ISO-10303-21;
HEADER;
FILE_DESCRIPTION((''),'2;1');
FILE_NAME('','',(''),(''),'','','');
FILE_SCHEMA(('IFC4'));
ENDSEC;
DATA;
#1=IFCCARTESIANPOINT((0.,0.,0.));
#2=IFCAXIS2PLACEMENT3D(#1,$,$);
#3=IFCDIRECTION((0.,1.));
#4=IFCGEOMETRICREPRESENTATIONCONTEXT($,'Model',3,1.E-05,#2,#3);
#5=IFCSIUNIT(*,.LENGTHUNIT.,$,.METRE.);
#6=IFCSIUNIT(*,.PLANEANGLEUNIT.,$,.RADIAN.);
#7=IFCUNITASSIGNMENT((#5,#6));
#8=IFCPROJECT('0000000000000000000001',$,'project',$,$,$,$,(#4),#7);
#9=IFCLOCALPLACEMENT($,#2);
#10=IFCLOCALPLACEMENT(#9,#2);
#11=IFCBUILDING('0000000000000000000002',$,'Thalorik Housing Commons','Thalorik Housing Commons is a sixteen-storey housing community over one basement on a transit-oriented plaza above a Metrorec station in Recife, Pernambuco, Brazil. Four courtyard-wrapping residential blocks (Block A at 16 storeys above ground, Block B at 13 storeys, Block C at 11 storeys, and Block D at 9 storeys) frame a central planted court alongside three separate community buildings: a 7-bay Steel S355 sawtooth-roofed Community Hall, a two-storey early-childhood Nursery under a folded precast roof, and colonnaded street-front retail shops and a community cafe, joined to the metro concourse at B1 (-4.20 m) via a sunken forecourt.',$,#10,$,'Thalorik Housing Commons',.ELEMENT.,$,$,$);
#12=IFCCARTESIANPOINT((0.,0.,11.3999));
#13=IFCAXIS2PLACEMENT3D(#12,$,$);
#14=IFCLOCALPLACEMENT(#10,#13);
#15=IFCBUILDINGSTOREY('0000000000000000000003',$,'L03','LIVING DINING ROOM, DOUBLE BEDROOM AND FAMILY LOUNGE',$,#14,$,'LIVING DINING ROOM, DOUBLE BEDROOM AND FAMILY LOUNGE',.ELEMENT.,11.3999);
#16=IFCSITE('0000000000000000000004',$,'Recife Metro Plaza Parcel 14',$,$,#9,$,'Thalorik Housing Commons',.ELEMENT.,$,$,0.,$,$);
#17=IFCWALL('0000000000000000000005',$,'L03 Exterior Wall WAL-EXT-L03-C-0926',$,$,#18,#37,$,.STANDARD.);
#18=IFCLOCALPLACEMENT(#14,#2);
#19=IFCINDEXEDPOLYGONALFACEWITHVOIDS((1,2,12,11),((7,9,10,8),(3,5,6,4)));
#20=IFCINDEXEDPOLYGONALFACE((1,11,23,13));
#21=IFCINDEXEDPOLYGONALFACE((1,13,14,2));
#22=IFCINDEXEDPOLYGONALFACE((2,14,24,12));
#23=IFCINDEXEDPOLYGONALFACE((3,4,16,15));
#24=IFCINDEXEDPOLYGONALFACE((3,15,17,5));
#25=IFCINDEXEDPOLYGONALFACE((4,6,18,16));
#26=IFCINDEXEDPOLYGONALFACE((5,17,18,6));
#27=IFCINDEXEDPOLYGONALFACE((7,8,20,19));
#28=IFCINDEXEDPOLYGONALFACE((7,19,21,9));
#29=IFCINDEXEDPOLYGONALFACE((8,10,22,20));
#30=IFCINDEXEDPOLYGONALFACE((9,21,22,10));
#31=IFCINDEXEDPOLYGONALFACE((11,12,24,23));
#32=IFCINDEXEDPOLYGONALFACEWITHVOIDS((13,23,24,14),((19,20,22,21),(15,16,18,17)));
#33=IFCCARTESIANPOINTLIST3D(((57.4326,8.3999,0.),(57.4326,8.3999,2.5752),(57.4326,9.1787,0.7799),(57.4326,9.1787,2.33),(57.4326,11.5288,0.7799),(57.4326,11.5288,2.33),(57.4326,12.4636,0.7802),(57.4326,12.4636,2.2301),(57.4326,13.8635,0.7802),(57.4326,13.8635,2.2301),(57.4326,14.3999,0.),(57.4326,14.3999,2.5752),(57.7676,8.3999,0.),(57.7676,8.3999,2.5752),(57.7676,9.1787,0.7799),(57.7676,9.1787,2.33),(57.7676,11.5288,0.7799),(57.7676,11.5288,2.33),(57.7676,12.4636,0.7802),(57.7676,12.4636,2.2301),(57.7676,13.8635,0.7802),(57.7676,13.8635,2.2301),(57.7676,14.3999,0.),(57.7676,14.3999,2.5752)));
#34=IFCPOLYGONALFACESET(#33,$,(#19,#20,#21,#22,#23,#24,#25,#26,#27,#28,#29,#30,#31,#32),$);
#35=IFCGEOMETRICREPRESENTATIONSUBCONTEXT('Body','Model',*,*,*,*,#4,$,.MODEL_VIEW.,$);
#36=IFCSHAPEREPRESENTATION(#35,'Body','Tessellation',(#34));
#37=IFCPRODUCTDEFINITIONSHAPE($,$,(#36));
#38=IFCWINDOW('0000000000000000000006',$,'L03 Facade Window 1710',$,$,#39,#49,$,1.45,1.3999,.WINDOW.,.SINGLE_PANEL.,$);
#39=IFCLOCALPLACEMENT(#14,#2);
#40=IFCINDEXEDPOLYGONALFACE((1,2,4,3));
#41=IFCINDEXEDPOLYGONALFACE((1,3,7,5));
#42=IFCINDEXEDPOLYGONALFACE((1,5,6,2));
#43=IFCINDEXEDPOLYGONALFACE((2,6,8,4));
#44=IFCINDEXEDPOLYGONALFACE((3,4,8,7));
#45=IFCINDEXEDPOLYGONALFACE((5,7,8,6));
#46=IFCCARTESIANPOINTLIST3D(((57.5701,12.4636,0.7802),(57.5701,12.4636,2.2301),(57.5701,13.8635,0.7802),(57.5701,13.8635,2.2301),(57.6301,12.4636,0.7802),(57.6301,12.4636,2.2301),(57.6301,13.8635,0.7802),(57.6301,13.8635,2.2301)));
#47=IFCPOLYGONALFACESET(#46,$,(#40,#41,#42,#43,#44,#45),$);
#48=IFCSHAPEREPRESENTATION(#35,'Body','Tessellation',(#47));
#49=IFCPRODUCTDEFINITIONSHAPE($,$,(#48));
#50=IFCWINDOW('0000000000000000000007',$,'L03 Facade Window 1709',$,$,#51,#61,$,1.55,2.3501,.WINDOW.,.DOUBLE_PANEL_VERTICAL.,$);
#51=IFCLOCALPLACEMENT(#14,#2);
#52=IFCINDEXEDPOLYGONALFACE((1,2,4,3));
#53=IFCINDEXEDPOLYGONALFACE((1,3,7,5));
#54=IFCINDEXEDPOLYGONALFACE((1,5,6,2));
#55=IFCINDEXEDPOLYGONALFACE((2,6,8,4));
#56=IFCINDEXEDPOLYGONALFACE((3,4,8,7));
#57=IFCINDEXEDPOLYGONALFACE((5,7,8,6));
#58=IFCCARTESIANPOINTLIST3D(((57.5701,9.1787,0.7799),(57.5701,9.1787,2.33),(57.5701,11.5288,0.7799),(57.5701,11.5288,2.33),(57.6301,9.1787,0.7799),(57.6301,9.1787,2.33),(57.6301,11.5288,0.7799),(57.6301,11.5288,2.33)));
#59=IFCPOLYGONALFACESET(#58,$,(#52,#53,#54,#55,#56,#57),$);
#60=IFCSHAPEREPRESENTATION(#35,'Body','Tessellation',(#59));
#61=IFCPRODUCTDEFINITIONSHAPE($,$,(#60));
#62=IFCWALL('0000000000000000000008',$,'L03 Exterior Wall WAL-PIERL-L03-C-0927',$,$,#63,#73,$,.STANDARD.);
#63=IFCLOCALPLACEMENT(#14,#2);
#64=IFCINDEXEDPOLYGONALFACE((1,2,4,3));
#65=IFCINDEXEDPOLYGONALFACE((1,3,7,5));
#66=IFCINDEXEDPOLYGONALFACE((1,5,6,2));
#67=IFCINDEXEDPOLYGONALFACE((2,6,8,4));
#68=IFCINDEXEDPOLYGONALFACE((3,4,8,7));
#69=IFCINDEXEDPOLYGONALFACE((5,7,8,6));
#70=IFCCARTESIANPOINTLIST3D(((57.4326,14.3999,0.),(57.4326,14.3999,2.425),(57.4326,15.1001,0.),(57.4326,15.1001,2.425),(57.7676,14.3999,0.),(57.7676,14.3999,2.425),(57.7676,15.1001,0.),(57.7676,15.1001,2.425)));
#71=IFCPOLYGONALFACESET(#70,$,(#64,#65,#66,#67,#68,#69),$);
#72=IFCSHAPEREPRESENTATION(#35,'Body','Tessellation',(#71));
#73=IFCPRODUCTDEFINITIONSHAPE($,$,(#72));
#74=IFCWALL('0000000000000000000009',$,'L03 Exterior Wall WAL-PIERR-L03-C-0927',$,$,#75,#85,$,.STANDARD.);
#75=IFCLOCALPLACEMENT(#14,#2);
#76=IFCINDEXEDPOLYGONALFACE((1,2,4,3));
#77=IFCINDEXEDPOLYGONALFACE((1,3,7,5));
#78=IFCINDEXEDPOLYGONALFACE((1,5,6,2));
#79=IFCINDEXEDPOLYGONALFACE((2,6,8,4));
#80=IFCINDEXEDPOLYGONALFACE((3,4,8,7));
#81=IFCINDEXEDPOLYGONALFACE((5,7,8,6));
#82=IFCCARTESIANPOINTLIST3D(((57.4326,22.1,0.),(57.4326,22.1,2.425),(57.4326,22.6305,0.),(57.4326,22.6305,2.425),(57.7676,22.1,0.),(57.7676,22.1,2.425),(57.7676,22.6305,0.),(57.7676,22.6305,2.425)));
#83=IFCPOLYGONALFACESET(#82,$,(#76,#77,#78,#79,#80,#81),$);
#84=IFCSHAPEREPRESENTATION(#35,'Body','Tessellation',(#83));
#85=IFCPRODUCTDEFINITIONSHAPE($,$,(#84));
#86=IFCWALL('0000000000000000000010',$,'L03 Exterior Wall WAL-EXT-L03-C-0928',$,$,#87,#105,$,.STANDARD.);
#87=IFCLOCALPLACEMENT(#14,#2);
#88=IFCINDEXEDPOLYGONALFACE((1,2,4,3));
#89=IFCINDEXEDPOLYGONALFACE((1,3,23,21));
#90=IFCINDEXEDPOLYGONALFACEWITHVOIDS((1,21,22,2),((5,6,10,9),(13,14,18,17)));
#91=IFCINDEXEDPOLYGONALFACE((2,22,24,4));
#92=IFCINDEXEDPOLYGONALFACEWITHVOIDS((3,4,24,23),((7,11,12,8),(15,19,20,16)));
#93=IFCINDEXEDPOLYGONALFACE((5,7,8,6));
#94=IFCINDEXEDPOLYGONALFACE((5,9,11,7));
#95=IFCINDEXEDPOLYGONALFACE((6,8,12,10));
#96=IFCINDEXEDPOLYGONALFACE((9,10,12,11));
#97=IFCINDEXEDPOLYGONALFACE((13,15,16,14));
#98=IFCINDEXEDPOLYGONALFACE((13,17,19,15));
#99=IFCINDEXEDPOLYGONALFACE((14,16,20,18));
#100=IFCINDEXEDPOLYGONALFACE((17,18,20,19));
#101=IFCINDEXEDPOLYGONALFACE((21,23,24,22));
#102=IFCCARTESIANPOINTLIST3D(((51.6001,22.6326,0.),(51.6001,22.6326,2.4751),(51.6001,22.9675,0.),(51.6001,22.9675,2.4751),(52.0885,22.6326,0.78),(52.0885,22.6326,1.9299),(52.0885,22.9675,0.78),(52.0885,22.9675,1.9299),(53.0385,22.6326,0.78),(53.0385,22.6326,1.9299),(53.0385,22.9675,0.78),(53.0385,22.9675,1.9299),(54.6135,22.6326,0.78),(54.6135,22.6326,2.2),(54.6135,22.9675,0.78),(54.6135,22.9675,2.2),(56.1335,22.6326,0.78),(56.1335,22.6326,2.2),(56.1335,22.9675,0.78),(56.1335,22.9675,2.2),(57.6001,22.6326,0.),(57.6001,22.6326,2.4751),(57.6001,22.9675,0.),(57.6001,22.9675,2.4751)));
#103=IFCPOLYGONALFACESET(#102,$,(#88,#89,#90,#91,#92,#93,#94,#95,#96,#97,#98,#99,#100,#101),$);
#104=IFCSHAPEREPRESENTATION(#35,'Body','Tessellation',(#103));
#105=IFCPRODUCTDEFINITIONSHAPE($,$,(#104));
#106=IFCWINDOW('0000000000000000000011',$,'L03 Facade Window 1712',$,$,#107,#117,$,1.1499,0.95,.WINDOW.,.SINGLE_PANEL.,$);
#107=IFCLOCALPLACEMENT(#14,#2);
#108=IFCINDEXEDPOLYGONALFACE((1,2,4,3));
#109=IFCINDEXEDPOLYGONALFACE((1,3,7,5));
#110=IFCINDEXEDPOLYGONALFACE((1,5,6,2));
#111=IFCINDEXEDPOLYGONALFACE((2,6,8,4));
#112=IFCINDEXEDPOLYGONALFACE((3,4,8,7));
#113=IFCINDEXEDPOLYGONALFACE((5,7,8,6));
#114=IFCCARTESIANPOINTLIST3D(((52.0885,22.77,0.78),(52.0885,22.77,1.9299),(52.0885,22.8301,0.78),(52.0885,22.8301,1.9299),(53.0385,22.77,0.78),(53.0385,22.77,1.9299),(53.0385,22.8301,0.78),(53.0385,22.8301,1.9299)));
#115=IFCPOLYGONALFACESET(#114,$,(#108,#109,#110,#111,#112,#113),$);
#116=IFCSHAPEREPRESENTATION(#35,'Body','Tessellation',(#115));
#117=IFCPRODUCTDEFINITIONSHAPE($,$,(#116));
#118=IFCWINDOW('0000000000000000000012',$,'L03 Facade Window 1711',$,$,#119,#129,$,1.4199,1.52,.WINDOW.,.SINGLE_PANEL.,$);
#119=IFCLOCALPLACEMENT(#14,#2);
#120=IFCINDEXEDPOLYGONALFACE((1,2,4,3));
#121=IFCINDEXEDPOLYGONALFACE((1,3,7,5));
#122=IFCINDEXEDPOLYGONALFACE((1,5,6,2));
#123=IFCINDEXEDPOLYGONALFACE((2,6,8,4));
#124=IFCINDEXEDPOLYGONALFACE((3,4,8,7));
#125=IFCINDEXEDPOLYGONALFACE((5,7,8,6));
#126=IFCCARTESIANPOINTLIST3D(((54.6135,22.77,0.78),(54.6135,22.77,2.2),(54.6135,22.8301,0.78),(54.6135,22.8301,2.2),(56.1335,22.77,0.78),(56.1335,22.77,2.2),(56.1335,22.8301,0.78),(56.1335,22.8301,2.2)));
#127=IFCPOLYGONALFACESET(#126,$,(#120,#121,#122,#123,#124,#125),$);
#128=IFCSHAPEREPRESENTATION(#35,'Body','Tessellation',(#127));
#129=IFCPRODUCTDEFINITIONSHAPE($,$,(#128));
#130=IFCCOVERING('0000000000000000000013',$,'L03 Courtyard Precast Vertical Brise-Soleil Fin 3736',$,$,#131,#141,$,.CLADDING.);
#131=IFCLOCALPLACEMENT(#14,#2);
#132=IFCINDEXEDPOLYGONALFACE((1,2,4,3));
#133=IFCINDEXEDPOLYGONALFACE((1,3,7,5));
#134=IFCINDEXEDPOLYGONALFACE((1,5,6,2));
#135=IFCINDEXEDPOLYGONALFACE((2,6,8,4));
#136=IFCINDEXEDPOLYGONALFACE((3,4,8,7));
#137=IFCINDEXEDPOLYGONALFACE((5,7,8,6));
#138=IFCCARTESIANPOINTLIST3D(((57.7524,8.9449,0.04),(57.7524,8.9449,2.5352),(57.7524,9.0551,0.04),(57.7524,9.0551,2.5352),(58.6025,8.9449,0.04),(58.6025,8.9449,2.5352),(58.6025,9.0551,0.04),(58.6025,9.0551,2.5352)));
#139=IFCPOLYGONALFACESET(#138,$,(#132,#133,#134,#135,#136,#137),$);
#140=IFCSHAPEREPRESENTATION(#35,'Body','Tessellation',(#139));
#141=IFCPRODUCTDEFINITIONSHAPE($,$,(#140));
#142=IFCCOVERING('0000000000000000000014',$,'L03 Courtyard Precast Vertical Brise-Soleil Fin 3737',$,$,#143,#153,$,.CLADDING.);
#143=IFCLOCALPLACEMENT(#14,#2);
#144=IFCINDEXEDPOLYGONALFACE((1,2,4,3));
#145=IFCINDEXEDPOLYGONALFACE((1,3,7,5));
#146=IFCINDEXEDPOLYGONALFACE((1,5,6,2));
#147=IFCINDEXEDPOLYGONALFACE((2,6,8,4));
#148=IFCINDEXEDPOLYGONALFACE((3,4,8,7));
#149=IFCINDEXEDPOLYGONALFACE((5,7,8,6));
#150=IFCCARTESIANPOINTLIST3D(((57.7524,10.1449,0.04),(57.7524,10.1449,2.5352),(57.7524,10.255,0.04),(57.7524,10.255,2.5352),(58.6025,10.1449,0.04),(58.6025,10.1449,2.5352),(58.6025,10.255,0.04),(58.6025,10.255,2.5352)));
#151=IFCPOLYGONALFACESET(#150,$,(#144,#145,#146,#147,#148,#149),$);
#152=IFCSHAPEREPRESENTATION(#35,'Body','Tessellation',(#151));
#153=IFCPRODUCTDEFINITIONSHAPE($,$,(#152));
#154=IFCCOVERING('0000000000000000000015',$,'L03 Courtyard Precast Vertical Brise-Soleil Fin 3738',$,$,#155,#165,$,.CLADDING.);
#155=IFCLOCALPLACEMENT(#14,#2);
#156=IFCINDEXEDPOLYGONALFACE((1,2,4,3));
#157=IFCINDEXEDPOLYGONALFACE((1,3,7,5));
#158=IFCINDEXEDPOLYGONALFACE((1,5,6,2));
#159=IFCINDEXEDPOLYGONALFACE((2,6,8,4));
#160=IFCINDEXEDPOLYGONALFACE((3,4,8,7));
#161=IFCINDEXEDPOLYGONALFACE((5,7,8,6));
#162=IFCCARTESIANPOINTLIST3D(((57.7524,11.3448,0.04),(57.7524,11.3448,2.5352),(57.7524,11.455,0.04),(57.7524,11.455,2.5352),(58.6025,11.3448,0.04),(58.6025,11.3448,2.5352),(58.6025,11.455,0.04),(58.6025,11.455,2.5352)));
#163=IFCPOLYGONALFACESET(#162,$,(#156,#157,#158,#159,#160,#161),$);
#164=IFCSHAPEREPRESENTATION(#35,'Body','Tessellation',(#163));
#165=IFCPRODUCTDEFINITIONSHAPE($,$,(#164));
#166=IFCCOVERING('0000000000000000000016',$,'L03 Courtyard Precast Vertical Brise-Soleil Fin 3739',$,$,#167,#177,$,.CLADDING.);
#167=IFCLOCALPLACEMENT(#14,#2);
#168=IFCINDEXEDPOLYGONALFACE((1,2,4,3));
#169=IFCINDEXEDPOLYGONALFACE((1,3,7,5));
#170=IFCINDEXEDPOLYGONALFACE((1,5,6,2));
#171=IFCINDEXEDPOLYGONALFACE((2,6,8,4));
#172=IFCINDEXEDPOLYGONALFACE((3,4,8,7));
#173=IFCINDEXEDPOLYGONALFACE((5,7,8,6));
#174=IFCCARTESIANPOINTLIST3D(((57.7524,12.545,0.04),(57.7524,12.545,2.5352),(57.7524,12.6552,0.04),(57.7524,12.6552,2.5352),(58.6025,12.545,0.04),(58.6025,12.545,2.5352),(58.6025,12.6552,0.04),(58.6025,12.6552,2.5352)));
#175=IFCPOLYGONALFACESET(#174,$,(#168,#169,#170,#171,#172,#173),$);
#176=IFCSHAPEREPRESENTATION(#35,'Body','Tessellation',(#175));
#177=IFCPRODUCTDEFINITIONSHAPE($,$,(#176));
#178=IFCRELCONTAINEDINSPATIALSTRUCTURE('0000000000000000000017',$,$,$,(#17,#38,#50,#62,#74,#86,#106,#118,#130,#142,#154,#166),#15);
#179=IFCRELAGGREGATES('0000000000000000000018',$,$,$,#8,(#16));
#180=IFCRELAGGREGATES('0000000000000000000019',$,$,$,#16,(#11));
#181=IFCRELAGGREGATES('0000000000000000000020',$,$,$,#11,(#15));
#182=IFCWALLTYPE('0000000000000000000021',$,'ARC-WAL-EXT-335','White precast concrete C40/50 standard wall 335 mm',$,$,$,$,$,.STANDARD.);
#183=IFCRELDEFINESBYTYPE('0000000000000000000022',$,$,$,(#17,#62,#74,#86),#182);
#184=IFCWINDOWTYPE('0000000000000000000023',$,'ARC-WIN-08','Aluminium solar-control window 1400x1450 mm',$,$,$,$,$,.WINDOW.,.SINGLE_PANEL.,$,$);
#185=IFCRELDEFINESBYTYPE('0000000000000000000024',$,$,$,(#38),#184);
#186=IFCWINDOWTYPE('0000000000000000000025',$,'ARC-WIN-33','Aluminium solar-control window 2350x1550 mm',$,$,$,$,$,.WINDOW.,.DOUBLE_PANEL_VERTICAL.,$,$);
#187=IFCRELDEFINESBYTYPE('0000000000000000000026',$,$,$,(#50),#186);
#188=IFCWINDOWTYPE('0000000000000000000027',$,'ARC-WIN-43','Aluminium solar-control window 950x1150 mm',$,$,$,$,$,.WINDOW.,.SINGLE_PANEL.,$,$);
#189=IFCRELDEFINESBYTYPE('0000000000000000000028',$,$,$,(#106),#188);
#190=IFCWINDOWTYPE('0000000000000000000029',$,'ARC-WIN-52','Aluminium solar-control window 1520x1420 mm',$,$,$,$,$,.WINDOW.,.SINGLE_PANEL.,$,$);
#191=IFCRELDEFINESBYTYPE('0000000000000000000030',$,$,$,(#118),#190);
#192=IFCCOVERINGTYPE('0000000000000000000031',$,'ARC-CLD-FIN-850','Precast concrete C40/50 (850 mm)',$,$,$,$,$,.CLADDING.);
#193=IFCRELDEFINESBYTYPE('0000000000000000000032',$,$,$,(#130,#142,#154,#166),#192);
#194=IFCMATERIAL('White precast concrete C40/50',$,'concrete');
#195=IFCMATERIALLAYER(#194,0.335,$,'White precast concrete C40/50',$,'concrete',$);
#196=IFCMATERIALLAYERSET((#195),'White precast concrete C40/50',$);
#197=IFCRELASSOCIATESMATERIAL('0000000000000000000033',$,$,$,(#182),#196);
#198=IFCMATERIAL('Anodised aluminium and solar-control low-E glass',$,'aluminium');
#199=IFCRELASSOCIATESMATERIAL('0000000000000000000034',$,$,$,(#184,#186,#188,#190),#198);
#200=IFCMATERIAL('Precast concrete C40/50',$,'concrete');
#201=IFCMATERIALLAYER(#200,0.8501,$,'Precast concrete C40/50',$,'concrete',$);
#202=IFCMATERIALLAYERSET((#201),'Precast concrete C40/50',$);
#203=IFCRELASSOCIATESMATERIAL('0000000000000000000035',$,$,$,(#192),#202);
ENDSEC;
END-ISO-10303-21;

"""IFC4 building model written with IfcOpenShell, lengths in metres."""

from ifc_helpers import new_model, si_unit, direction, frame, frame_2d, origin, origin_2d, place, context, subcontext, project, spatial, rectangle, extrude, material, layer, layer_set, type_object, element, fill, save


model = new_model("IFC4")

# Units and contexts
model_context = context("Model", 3, precision=1e-05, world=origin(), true_north=direction((0.0, 1.0)))
body_context = subcontext(model_context, "Body", "Model", "MODEL_VIEW")
ifc_project = project(units=[si_unit("LENGTHUNIT", "METRE"), si_unit("PLANEANGLEUNIT", "RADIAN")], contexts=[model_context])

# Site, building, storey
site_placement = place(None, origin())
site = spatial("IfcSite", under=ifc_project, at=site_placement, Name="Recife Metro Plaza Parcel 14", LongName="Thalorik Housing Commons", CompositionType="ELEMENT", RefElevation=0.0)
building_placement = place(site_placement, origin())
building = spatial("IfcBuilding", under=site, at=building_placement, Name="Thalorik Housing Commons", Description="Thalorik Housing Commons is a sixteen-storey housing community over one basement on a transit-oriented plaza above a Metrorec station in Recife, Pernambuco, Brazil. Four courtyard-wrapping residential blocks (Block A at 16 storeys above ground, Block B at 13 storeys, Block C at 11 storeys, and Block D at 9 storeys) frame a central planted court alongside three separate community buildings: a 7-bay Steel S355 sawtooth-roofed Community Hall, a two-storey early-childhood Nursery under a folded precast roof, and colonnaded street-front retail shops and a community cafe, joined to the metro concourse at B1 (-4.20 m) via a sunken forecourt.", LongName="Thalorik Housing Commons", CompositionType="ELEMENT")
storey_placement = place(building_placement, frame((0.0, 0.0, 11.3999)))
storey = spatial("IfcBuildingStorey", under=building, at=storey_placement, Name="L03", Description="LIVING DINING ROOM, DOUBLE BEDROOM AND FAMILY LOUNGE", LongName="LIVING DINING ROOM, DOUBLE BEDROOM AND FAMILY LOUNGE", CompositionType="ELEMENT", Elevation=11.3999)

# Shared definitions
ifc_material_1 = material(Name="Anodised aluminium and solar-control low-E glass", Category="aluminium")

# Wall, openings, windows
ifc_material_2 = material(Name="White precast concrete C40/50", Category="concrete")
ifc_layer_1 = layer(ifc_material_2, 0.335, Name="White precast concrete C40/50", Category="concrete")
ifc_layer_set_1 = layer_set([ifc_layer_1], Name="White precast concrete C40/50")
wall_type = type_object("IfcWallType", Name="ARC-WAL-EXT-335", Description="White precast concrete C40/50 standard wall 335 mm", PredefinedType="STANDARD", material=ifc_layer_set_1)
wall_1_placement = place(storey_placement, frame((57.6001, 8.3999, 0.0), z_axis=(0.0, 0.0, 1.0), x_axis=(0.0, 1.0, 0.0)))
wall_1 = element("IfcWall", 1, at=wall_1_placement, inside=storey, type_object=wall_type, Name="L03 Exterior Wall WAL-EXT-L03-C-0926", PredefinedType="STANDARD", context=body_context, shape_type="SweptSolid", body=[
    extrude(rectangle(XDim=6.0, YDim=0.335, at=frame_2d((3.0, 0.0))), origin(), (0.0, 0.0, 1.0), 2.5752),
])
opening_1_placement = place(wall_1_placement, frame((0.7788, 0.0, 0.78)))
opening_1 = element("IfcOpeningElement", 2, at=opening_1_placement, cuts=wall_1, PredefinedType="OPENING", context=body_context, shape_type="SweptSolid", body=[
    extrude(rectangle(XDim=2.3501, YDim=1.55, at=frame_2d((1.175, 0.7749))), frame((0.0, 0.1775, 0.0), z_axis=(0.0, -1.0, 0.0), x_axis=(1.0, 0.0, 0.0)), (0.0, 0.0, 1.0), 0.355),
])
opening_2_placement = place(wall_1_placement, frame((4.0637, 0.0, 0.78)))
opening_2 = element("IfcOpeningElement", 3, at=opening_2_placement, cuts=wall_1, PredefinedType="OPENING", context=body_context, shape_type="SweptSolid", body=[
    extrude(rectangle(XDim=1.3999, YDim=1.45, at=frame_2d((0.7, 0.7251))), frame((0.0, 0.1775, 0.0), z_axis=(0.0, -1.0, 0.0), x_axis=(1.0, 0.0, 0.0)), (0.0, 0.0, 1.0), 0.355),
])
window_type_1 = type_object("IfcWindowType", Name="ARC-WIN-08", Description="Aluminium solar-control window 1400x1450 mm", PartitioningType="SINGLE_PANEL", PredefinedType="WINDOW", material=ifc_material_1)
window_1_placement = place(opening_2_placement, origin())
window_1 = element("IfcWindow", 4, at=window_1_placement, inside=storey, type_object=window_type_1, Name="L03 Facade Window 1710", OverallHeight=1.45, OverallWidth=1.3999, PartitioningType="SINGLE_PANEL", PredefinedType="WINDOW", context=body_context, shape_type="SweptSolid", body=[
    extrude(rectangle(XDim=1.3999, YDim=1.45, at=frame_2d((0.7, 0.7251))), frame((0.0, 0.03, 0.0), z_axis=(0.0, -1.0, 0.0), x_axis=(1.0, 0.0, 0.0)), (0.0, 0.0, 1.0), 0.0601),
])
fill(opening_2, window_1)
window_type_2 = type_object("IfcWindowType", Name="ARC-WIN-33", Description="Aluminium solar-control window 2350x1550 mm", PartitioningType="DOUBLE_PANEL_VERTICAL", PredefinedType="WINDOW", material=ifc_material_1)
window_2_placement = place(opening_1_placement, origin())
window_2 = element("IfcWindow", 5, at=window_2_placement, inside=storey, type_object=window_type_2, Name="L03 Facade Window 1709", OverallHeight=1.55, OverallWidth=2.3501, PartitioningType="DOUBLE_PANEL_VERTICAL", PredefinedType="WINDOW", context=body_context, shape_type="SweptSolid", body=[
    extrude(rectangle(XDim=2.3501, YDim=1.55, at=frame_2d((1.175, 0.7749))), frame((0.0, 0.03, 0.0), z_axis=(0.0, -1.0, 0.0), x_axis=(1.0, 0.0, 0.0)), (0.0, 0.0, 1.0), 0.0601),
])
fill(opening_1, window_2)

# Walls
wall_2_placement = place(storey_placement, frame((57.6001, 14.3999, 0.0), z_axis=(0.0, 0.0, 1.0), x_axis=(0.0, 1.0, 0.0)))
element("IfcWall", 6, at=wall_2_placement, inside=storey, type_object=wall_type, Name="L03 Exterior Wall WAL-PIERL-L03-C-0927", PredefinedType="STANDARD", context=body_context, shape_type="SweptSolid", body=[
    extrude(rectangle(XDim=0.7002, YDim=0.335, at=frame_2d((0.3501, 0.0))), origin(), (0.0, 0.0, 1.0), 2.425),
])
wall_3_placement = place(storey_placement, frame((57.6001, 22.1001, 0.0), z_axis=(0.0, 0.0, 1.0), x_axis=(0.0, 1.0, 0.0)))
element("IfcWall", 7, at=wall_3_placement, inside=storey, type_object=wall_type, Name="L03 Exterior Wall WAL-PIERR-L03-C-0927", PredefinedType="STANDARD", context=body_context, shape_type="SweptSolid", body=[
    extrude(rectangle(XDim=0.5305, YDim=0.335, at=frame_2d((0.2651, 0.0))), origin(), (0.0, 0.0, 1.0), 2.425),
])

# Wall, openings, windows
wall_4_placement = place(storey_placement, frame((57.6001, 22.8, 0.0), z_axis=(0.0, 0.0, 1.0), x_axis=(-1.0, 0.0, 0.0)))
wall_4 = element("IfcWall", 8, at=wall_4_placement, inside=storey, type_object=wall_type, Name="L03 Exterior Wall WAL-EXT-L03-C-0928", PredefinedType="STANDARD", context=body_context, shape_type="SweptSolid", body=[
    extrude(rectangle(XDim=6.0, YDim=0.335, at=frame_2d((3.0, 0.0))), origin(), (0.0, 0.0, 1.0), 2.4751),
])
opening_3_placement = place(wall_4_placement, frame((1.4666, 0.0, 0.78)))
opening_3 = element("IfcOpeningElement", 9, at=opening_3_placement, cuts=wall_4, PredefinedType="OPENING", context=body_context, shape_type="SweptSolid", body=[
    extrude(rectangle(XDim=1.52, YDim=1.4199, at=frame_2d((0.76, 0.71))), frame((0.0, 0.1775, 0.0), z_axis=(0.0, -1.0, 0.0), x_axis=(1.0, 0.0, 0.0)), (0.0, 0.0, 1.0), 0.355),
])
opening_4_placement = place(wall_4_placement, frame((4.5615, 0.0, 0.78)))
opening_4 = element("IfcOpeningElement", 10, at=opening_4_placement, cuts=wall_4, PredefinedType="OPENING", context=body_context, shape_type="SweptSolid", body=[
    extrude(rectangle(XDim=0.95, YDim=1.1499, at=frame_2d((0.4751, 0.575))), frame((0.0, 0.1775, 0.0), z_axis=(0.0, -1.0, 0.0), x_axis=(1.0, 0.0, 0.0)), (0.0, 0.0, 1.0), 0.355),
])
window_type_3 = type_object("IfcWindowType", Name="ARC-WIN-43", Description="Aluminium solar-control window 950x1150 mm", PartitioningType="SINGLE_PANEL", PredefinedType="WINDOW", material=ifc_material_1)
window_3_placement = place(opening_4_placement, origin())
window_3 = element("IfcWindow", 11, at=window_3_placement, inside=storey, type_object=window_type_3, Name="L03 Facade Window 1712", OverallHeight=1.1499, OverallWidth=0.95, PartitioningType="SINGLE_PANEL", PredefinedType="WINDOW", context=body_context, shape_type="SweptSolid", body=[
    extrude(rectangle(XDim=0.95, YDim=1.1499, at=frame_2d((0.4751, 0.575))), frame((0.0, 0.03, 0.0), z_axis=(0.0, -1.0, 0.0), x_axis=(1.0, 0.0, 0.0)), (0.0, 0.0, 1.0), 0.0601),
])
fill(opening_4, window_3)
window_type_4 = type_object("IfcWindowType", Name="ARC-WIN-52", Description="Aluminium solar-control window 1520x1420 mm", PartitioningType="SINGLE_PANEL", PredefinedType="WINDOW", material=ifc_material_1)
window_4_placement = place(opening_3_placement, origin())
window_4 = element("IfcWindow", 12, at=window_4_placement, inside=storey, type_object=window_type_4, Name="L03 Facade Window 1711", OverallHeight=1.4199, OverallWidth=1.52, PartitioningType="SINGLE_PANEL", PredefinedType="WINDOW", context=body_context, shape_type="SweptSolid", body=[
    extrude(rectangle(XDim=1.52, YDim=1.4199, at=frame_2d((0.76, 0.71))), frame((0.0, 0.03, 0.0), z_axis=(0.0, -1.0, 0.0), x_axis=(1.0, 0.0, 0.0)), (0.0, 0.0, 1.0), 0.0601),
])
fill(opening_3, window_4)

# Coverings
ifc_material_3 = material(Name="Precast concrete C40/50", Category="concrete")
ifc_layer_2 = layer(ifc_material_3, 0.8501, Name="Precast concrete C40/50", Category="concrete")
ifc_layer_set_2 = layer_set([ifc_layer_2], Name="Precast concrete C40/50")
covering_type_1 = type_object("IfcCoveringType", Name="ARC-CLD-FIN-850", Description="Precast concrete C40/50 (850 mm)", PredefinedType="CLADDING", material=ifc_layer_set_2)
for number, where, z_axis, x_axis, name in (
    (13, (58.1775, 9.0, 0.04), (0.0, 0.0, 1.0), (0.0, 1.0, 0.0), "L03 Courtyard Precast Vertical Brise-Soleil Fin 3736"),
    (14, (58.1775, 10.2, 0.04), (0.0, 0.0, 1.0), (0.0, 1.0, 0.0), "L03 Courtyard Precast Vertical Brise-Soleil Fin 3737"),
    (15, (58.1775, 11.3999, 0.04), (0.0, 0.0, 1.0), (0.0, 1.0, 0.0), "L03 Courtyard Precast Vertical Brise-Soleil Fin 3738"),
    (16, (58.1775, 12.6001, 0.04), (0.0, 0.0, 1.0), (0.0, 1.0, 0.0), "L03 Courtyard Precast Vertical Brise-Soleil Fin 3739"),
):
    element("IfcCovering", number, at=place(storey_placement, frame(where, z_axis=z_axis, x_axis=x_axis)), inside=storey, type_object=covering_type_1, Name=name, PredefinedType="CLADDING", context=body_context, shape_type="SweptSolid", body=[
        extrude(rectangle(XDim=0.1101, YDim=0.8501, at=origin_2d()), origin(), (0.0, 0.0, 1.0), 2.4951),
    ])

save(model, "model.ifc")
